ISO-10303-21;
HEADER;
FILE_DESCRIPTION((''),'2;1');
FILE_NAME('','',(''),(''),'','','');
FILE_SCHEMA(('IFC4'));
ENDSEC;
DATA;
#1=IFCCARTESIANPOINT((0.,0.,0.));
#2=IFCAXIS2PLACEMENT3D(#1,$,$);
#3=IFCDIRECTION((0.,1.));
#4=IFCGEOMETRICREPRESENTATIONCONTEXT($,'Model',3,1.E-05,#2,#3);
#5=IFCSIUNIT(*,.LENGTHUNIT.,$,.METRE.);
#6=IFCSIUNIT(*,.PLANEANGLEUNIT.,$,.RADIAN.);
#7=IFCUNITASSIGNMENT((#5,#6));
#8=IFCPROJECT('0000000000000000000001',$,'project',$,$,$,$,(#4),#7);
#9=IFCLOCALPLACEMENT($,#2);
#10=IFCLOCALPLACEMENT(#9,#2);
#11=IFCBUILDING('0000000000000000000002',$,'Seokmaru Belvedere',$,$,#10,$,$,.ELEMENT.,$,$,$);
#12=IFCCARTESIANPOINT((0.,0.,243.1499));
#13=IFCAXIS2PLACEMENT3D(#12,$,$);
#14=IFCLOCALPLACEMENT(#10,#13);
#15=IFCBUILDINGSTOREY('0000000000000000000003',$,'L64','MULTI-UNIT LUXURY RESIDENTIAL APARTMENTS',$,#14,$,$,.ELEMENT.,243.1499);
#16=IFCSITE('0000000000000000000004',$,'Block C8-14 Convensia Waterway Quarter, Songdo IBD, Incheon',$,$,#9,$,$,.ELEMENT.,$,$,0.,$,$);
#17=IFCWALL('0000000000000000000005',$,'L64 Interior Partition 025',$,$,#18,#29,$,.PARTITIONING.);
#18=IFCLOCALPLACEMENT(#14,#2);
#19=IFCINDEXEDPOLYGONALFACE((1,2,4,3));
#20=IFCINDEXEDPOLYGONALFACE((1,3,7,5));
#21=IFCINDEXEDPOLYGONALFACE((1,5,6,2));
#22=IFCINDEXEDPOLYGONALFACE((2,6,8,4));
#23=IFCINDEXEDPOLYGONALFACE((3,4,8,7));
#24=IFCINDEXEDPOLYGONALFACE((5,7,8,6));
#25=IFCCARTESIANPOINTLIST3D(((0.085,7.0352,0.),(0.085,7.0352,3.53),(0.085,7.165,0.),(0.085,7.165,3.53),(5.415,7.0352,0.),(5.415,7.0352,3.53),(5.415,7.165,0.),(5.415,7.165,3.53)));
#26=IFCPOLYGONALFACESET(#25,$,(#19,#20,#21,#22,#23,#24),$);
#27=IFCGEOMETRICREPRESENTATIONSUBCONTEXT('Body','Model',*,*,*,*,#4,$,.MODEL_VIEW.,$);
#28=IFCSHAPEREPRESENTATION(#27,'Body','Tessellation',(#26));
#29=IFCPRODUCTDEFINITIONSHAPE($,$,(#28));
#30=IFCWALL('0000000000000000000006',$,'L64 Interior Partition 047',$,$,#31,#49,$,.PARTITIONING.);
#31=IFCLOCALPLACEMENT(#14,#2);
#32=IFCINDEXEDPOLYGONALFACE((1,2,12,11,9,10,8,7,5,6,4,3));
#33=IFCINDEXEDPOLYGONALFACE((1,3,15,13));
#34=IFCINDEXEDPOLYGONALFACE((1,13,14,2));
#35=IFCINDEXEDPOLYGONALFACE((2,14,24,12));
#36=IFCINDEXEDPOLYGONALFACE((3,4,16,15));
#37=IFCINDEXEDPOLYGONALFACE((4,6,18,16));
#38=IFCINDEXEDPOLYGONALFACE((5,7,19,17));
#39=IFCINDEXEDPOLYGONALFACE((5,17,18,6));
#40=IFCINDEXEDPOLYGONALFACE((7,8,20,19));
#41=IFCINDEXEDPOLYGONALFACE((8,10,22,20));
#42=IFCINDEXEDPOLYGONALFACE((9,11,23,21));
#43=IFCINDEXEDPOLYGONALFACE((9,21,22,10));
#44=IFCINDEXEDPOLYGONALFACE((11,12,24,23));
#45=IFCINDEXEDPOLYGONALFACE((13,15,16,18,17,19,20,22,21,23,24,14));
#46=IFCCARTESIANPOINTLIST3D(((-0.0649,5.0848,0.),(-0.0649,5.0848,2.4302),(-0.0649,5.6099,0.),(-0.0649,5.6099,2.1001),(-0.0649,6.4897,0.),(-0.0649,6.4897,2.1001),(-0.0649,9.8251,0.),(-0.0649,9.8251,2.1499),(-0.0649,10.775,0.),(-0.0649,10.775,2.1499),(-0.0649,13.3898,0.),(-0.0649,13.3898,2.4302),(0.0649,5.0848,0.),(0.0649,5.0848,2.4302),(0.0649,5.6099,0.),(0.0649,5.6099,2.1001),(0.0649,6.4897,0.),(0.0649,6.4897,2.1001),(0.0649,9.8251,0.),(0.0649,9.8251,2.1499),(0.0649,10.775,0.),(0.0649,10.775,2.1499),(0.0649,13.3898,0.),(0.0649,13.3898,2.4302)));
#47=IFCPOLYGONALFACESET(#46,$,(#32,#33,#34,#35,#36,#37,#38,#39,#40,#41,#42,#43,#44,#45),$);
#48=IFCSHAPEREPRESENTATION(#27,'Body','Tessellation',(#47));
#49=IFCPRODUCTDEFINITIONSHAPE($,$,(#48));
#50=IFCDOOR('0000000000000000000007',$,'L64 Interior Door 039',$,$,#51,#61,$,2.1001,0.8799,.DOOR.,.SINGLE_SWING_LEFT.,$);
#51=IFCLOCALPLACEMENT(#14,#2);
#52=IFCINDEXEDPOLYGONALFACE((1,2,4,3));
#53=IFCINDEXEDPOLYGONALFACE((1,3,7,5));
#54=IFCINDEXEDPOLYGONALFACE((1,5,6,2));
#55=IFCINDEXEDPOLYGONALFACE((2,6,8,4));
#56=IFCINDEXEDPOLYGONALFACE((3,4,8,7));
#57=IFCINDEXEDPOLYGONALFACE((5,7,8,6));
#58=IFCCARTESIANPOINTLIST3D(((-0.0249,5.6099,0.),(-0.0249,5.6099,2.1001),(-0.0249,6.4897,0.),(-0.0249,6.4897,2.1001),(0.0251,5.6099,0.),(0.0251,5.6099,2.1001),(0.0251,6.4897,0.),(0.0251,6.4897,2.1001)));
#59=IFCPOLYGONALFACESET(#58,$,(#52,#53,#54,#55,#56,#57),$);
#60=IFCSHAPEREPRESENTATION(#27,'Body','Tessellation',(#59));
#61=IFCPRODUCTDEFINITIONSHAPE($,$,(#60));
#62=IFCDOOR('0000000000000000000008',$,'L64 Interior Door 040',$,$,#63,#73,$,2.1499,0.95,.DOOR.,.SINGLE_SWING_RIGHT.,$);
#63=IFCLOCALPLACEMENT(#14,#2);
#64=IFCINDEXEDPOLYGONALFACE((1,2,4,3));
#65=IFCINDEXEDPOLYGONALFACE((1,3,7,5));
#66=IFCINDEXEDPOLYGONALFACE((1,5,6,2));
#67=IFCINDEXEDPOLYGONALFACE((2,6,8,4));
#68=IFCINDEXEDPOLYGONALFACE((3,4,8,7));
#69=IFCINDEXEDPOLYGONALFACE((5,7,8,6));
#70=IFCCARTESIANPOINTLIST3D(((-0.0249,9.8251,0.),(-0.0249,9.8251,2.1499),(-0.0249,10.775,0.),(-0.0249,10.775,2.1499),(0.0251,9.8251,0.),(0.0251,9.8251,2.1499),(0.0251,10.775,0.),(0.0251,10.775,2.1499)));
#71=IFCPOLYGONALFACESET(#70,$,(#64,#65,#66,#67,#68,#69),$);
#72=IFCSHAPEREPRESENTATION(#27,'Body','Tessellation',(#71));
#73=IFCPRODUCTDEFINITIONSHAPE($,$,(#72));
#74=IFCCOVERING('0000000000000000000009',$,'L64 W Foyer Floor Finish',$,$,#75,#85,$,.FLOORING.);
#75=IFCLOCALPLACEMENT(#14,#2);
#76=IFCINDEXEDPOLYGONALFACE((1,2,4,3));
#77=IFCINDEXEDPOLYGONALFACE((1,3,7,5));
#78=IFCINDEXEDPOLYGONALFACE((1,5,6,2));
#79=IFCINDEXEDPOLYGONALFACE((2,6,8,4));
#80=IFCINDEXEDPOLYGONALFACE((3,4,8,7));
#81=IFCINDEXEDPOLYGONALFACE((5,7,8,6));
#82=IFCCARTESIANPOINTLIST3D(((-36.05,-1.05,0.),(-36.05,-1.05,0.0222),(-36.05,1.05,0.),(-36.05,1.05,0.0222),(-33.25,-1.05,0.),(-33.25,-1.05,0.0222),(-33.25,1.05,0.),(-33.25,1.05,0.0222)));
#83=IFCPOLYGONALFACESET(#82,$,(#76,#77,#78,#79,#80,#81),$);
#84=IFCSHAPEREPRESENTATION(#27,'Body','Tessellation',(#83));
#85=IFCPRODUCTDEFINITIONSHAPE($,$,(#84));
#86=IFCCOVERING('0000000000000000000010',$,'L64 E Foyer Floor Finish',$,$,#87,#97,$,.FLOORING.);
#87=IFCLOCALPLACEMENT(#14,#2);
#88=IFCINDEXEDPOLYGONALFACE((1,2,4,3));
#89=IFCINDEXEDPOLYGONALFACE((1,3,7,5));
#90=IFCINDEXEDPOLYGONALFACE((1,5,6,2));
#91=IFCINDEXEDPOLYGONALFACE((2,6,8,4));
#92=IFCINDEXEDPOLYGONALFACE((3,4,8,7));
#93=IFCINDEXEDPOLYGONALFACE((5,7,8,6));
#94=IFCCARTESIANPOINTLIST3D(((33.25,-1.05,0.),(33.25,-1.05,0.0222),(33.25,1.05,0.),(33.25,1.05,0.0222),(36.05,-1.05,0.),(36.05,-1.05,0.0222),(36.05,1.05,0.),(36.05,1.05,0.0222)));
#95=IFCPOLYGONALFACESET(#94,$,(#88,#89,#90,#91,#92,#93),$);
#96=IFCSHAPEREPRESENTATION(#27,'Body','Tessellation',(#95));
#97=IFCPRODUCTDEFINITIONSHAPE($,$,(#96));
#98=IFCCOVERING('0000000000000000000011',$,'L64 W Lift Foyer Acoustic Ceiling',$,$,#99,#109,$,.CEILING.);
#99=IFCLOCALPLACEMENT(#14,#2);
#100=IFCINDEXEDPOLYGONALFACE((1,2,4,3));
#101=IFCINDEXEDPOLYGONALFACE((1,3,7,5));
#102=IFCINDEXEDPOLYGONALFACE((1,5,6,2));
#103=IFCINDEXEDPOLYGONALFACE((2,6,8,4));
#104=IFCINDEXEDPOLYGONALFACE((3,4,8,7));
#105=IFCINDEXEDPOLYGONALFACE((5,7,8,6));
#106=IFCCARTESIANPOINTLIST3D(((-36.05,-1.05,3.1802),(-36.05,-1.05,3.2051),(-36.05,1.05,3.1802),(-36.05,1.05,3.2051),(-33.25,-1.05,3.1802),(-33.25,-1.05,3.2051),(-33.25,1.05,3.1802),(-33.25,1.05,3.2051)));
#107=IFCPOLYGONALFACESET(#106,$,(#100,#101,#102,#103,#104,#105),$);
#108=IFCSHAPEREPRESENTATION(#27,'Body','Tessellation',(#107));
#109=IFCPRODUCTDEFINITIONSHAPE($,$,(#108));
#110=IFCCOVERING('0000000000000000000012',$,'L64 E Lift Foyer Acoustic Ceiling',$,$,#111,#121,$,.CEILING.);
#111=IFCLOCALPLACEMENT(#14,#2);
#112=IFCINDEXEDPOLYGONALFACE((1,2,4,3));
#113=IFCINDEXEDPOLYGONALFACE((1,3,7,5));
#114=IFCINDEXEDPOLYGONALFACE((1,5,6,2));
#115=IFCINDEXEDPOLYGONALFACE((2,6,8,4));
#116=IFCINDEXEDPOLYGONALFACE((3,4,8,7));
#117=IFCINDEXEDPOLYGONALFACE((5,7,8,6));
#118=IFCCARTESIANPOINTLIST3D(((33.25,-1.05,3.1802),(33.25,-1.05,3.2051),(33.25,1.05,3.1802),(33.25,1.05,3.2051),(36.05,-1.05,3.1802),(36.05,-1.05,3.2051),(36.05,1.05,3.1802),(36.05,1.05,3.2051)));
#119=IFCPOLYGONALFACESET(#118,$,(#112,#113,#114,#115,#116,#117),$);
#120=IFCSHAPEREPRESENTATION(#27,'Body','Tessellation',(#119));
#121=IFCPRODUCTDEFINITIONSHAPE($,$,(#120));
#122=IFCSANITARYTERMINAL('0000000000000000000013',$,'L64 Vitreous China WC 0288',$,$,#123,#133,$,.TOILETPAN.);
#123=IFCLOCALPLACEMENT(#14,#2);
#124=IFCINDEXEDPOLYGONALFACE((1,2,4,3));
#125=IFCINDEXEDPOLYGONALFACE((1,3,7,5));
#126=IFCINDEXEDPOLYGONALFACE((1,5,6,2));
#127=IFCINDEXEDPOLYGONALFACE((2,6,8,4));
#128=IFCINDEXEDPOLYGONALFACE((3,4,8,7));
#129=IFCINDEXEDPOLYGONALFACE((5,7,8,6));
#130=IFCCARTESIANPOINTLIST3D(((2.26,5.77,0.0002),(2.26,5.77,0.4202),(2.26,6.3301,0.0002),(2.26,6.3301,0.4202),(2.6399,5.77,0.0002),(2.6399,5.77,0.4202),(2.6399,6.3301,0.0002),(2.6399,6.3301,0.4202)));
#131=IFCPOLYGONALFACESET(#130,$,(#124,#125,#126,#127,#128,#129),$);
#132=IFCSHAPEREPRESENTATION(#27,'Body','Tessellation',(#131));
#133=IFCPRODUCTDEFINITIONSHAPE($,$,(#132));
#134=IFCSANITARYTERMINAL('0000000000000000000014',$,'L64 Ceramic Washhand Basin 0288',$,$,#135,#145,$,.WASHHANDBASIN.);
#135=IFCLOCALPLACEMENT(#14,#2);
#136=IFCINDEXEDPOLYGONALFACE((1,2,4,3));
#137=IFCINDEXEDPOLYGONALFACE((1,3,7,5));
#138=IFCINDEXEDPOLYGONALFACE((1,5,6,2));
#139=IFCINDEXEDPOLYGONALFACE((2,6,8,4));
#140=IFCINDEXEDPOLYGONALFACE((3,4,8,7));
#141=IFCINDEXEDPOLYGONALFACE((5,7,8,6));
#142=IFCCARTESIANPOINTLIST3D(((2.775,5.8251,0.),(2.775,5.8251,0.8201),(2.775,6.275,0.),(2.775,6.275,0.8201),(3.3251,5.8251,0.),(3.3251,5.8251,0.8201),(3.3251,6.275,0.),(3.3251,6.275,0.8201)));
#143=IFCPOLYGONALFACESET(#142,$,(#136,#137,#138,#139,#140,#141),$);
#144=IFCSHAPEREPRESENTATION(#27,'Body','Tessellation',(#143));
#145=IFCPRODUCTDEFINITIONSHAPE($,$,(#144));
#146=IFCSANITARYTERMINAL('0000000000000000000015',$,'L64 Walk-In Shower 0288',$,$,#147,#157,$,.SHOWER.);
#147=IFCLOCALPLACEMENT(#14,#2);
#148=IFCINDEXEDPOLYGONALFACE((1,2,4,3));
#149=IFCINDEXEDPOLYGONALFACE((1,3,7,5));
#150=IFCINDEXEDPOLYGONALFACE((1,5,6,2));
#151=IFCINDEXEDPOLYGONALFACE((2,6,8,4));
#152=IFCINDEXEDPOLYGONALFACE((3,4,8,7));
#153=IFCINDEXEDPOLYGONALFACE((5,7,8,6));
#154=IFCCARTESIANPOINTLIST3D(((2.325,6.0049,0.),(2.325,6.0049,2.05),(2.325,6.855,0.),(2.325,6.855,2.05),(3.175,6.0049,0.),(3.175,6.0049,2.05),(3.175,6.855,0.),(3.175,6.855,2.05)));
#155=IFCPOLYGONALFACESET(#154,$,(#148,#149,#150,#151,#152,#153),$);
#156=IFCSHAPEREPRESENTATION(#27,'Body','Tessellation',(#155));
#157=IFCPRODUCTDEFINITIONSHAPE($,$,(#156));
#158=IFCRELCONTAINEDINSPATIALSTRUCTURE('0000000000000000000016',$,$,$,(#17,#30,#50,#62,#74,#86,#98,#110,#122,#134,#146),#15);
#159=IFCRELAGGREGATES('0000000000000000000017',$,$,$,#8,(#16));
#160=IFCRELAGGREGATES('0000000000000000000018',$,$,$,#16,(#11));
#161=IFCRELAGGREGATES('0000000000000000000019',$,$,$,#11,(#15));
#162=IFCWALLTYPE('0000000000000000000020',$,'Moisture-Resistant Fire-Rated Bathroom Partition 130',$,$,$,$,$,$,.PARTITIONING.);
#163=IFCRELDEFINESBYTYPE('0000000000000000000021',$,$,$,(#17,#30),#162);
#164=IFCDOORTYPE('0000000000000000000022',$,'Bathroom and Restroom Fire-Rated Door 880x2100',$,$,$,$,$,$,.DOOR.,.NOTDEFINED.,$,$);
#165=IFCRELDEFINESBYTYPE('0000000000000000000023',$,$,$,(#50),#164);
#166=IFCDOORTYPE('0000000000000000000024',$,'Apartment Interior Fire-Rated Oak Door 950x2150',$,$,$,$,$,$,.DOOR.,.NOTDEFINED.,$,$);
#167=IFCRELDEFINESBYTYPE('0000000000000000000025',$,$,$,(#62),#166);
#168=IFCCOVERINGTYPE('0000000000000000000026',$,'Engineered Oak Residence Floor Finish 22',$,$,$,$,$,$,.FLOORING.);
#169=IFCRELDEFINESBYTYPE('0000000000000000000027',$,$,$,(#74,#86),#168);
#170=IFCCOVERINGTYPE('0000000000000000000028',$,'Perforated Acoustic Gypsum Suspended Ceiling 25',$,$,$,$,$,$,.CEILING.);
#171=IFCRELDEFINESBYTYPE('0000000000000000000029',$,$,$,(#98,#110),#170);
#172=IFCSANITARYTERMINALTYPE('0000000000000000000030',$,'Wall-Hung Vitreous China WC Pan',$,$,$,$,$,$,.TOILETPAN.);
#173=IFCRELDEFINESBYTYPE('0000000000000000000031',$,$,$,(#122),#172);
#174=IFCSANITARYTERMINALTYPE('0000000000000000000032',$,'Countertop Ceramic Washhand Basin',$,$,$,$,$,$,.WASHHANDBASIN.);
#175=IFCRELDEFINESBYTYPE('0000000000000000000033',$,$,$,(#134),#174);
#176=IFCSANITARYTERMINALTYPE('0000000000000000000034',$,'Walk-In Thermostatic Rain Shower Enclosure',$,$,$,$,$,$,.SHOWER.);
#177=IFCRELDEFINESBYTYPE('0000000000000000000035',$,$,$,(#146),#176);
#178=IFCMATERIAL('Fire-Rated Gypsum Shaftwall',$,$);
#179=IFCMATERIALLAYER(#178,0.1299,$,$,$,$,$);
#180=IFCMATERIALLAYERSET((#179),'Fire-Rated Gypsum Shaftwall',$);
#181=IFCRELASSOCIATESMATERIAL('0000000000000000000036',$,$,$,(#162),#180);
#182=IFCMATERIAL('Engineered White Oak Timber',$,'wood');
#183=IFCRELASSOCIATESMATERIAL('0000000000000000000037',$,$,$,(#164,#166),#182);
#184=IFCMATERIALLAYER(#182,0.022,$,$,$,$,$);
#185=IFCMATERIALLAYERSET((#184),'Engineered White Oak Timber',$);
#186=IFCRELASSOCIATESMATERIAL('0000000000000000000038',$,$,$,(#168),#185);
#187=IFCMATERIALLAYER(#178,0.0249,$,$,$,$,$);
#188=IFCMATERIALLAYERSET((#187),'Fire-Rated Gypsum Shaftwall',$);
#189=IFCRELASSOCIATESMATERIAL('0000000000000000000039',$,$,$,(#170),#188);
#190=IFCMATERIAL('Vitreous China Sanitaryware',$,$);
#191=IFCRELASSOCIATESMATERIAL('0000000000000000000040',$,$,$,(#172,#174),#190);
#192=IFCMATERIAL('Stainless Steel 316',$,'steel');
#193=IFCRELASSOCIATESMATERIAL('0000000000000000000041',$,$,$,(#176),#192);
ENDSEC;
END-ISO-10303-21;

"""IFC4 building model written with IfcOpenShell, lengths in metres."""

from ifc_helpers import new_model, si_unit, direction, frame, frame_2d, origin, origin_2d, place, context, subcontext, project, spatial, polyline, rectangle, outline, extrude, source, transform, mapped, material, layer, layer_set, type_object, type_shapes, element, fill, save


model = new_model("IFC4")

# Units and contexts
model_context = context("Model", 3, precision=1e-05, world=origin(), true_north=direction((0.0, 1.0)))
body_context = subcontext(model_context, "Body", "Model", "MODEL_VIEW")
ifc_project = project(units=[si_unit("LENGTHUNIT", "METRE"), si_unit("PLANEANGLEUNIT", "RADIAN")], contexts=[model_context])

# Site, building, storey
site_placement = place(None, origin())
site = spatial("IfcSite", under=ifc_project, at=site_placement, Name="Block C8-14 Convensia Waterway Quarter, Songdo IBD, Incheon", CompositionType="ELEMENT", RefElevation=0.0)
building_placement = place(site_placement, origin())
building = spatial("IfcBuilding", under=site, at=building_placement, Name="Seokmaru Belvedere", CompositionType="ELEMENT")
storey_placement = place(building_placement, frame((0.0, 0.0, 243.1499)))
storey = spatial("IfcBuildingStorey", under=building, at=storey_placement, Name="L64", Description="MULTI-UNIT LUXURY RESIDENTIAL APARTMENTS", CompositionType="ELEMENT", Elevation=243.1499)

# Wall
ifc_material_1 = material(Name="Fire-Rated Gypsum Shaftwall")
ifc_layer_1 = layer(ifc_material_1, 0.1299)
ifc_layer_set_1 = layer_set([ifc_layer_1], Name="Fire-Rated Gypsum Shaftwall")
wall_type_1 = type_object("IfcWallType", Name="Moisture-Resistant Fire-Rated Bathroom Partition 130", PredefinedType="PARTITIONING", material=ifc_layer_set_1)
wall_1_placement = place(storey_placement, frame((0.085, 7.1001, 0.0), z_axis=(0.0, 0.0, 1.0), x_axis=(1.0, 0.0, 0.0)))
element("IfcWall", 1, at=wall_1_placement, inside=storey, type_object=wall_type_1, Name="L64 Interior Partition 025", PredefinedType="PARTITIONING", context=body_context, shape_type="SweptSolid", body=[
    extrude(rectangle(XDim=5.3301, YDim=0.1299, at=frame_2d((2.665, 0.0))), origin(), (0.0, 0.0, 1.0), 3.53),
])

# Wall, openings, doors
wall_2_placement = place(storey_placement, frame((0.0, 5.085, 0.0), z_axis=(0.0, 0.0, 1.0), x_axis=(0.0, 1.0, 0.0)))
wall_2 = element("IfcWall", 2, at=wall_2_placement, inside=storey, type_object=wall_type_1, Name="L64 Interior Partition 047", PredefinedType="PARTITIONING", context=body_context, shape_type="SweptSolid", body=[
    extrude(rectangle(XDim=8.3049, YDim=0.1299, at=frame_2d((4.1523, 0.0))), origin(), (0.0, 0.0, 1.0), 2.4302),
])
opening_1_placement = place(wall_2_placement, frame((0.5249, 0.0, 0.0)))
opening_1 = element("IfcOpeningElement", 3, at=opening_1_placement, cuts=wall_2, PredefinedType="OPENING", context=body_context, shape_type="SweptSolid", body=[
    extrude(rectangle(XDim=0.8799, YDim=2.1001, at=frame_2d((0.4399, 1.05))), frame((0.0, 0.075, 0.0), z_axis=(0.0, -1.0, 0.0), x_axis=(1.0, 0.0, 0.0)), (0.0, 0.0, 1.0), 0.1499),
])
opening_2_placement = place(wall_2_placement, frame((4.74, 0.0, 0.0)))
opening_2 = element("IfcOpeningElement", 4, at=opening_2_placement, cuts=wall_2, PredefinedType="OPENING", context=body_context, shape_type="SweptSolid", body=[
    extrude(rectangle(XDim=0.95, YDim=2.1499, at=frame_2d((0.4751, 1.075))), frame((0.0, 0.075, 0.0), z_axis=(0.0, -1.0, 0.0), x_axis=(1.0, 0.0, 0.0)), (0.0, 0.0, 1.0), 0.1499),
])
ifc_material_2 = material(Name="Engineered White Oak Timber", Category="wood")
door_type_1 = type_object("IfcDoorType", Name="Bathroom and Restroom Fire-Rated Door 880x2100", OperationType="NOTDEFINED", PredefinedType="DOOR", material=ifc_material_2)
shared_shape_1 = source(origin(), body_context, "Body", "SweptSolid", [
    extrude(rectangle(XDim=0.8799, YDim=2.1001, at=frame_2d((0.4399, 1.05))), frame((0.0, 0.0249, 0.0), z_axis=(0.0, -1.0, 0.0), x_axis=(1.0, 0.0, 0.0)), (0.0, 0.0, 1.0), 0.05),
])
type_shapes(door_type_1, [shared_shape_1])
door_1_placement = place(opening_1_placement, origin())
door_1 = element("IfcDoor", 5, at=door_1_placement, inside=storey, type_object=door_type_1, Name="L64 Interior Door 039", OperationType="SINGLE_SWING_LEFT", OverallHeight=2.1001, OverallWidth=0.8799, PredefinedType="DOOR", context=body_context, shape_type="MappedRepresentation", body=[
    mapped(shared_shape_1, transform((0.0, 0.0, 0.0), scale=1.0)),
])
fill(opening_1, door_1)
door_type_2 = type_object("IfcDoorType", Name="Apartment Interior Fire-Rated Oak Door 950x2150", OperationType="NOTDEFINED", PredefinedType="DOOR", material=ifc_material_2)
shared_shape_2 = source(origin(), body_context, "Body", "SweptSolid", [
    extrude(rectangle(XDim=0.95, YDim=2.1499, at=frame_2d((0.4751, 1.075))), frame((0.0, 0.0249, 0.0), z_axis=(0.0, -1.0, 0.0), x_axis=(1.0, 0.0, 0.0)), (0.0, 0.0, 1.0), 0.05),
])
type_shapes(door_type_2, [shared_shape_2])
door_2_placement = place(opening_2_placement, origin())
door_2 = element("IfcDoor", 6, at=door_2_placement, inside=storey, type_object=door_type_2, Name="L64 Interior Door 040", OperationType="SINGLE_SWING_RIGHT", OverallHeight=2.1499, OverallWidth=0.95, PredefinedType="DOOR", context=body_context, shape_type="MappedRepresentation", body=[
    mapped(shared_shape_2, transform((0.0, 0.0, 0.0), scale=1.0)),
])
fill(opening_2, door_2)

# Coverings
ifc_layer_2 = layer(ifc_material_2, 0.022)
ifc_layer_set_2 = layer_set([ifc_layer_2], Name="Engineered White Oak Timber")
covering_type_1 = type_object("IfcCoveringType", Name="Engineered Oak Residence Floor Finish 22", PredefinedType="FLOORING", material=ifc_layer_set_2)
covering_1_placement = place(storey_placement, origin())
element("IfcCovering", 7, at=covering_1_placement, inside=storey, type_object=covering_type_1, Name="L64 W Foyer Floor Finish", PredefinedType="FLOORING", context=body_context, shape_type="SweptSolid", body=[
    extrude(outline(polyline([(-36.05, -1.05), (-33.25, -1.05), (-33.25, 1.05), (-36.05, 1.05), (-36.05, -1.05)])), origin(), (0.0, 0.0, 1.0), 0.0222),
])
covering_2_placement = place(storey_placement, origin())
element("IfcCovering", 8, at=covering_2_placement, inside=storey, type_object=covering_type_1, Name="L64 E Foyer Floor Finish", PredefinedType="FLOORING", context=body_context, shape_type="SweptSolid", body=[
    extrude(outline(polyline([(33.25, -1.05), (36.05, -1.05), (36.05, 1.05), (33.25, 1.05), (33.25, -1.05)])), origin(), (0.0, 0.0, 1.0), 0.0222),
])
ifc_layer_3 = layer(ifc_material_1, 0.0249)
ifc_layer_set_3 = layer_set([ifc_layer_3], Name="Fire-Rated Gypsum Shaftwall")
covering_type_2 = type_object("IfcCoveringType", Name="Perforated Acoustic Gypsum Suspended Ceiling 25", PredefinedType="CEILING", material=ifc_layer_set_3)
covering_3_placement = place(storey_placement, frame((0.0, 0.0, 3.1802)))
element("IfcCovering", 9, at=covering_3_placement, inside=storey, type_object=covering_type_2, Name="L64 W Lift Foyer Acoustic Ceiling", PredefinedType="CEILING", context=body_context, shape_type="SweptSolid", body=[
    extrude(outline(polyline([(-36.05, -1.05), (-33.25, -1.05), (-33.25, 1.05), (-36.05, 1.05), (-36.05, -1.05)])), origin(), (0.0, 0.0, 1.0), 0.0249),
])
covering_4_placement = place(storey_placement, frame((0.0, 0.0, 3.1802)))
element("IfcCovering", 10, at=covering_4_placement, inside=storey, type_object=covering_type_2, Name="L64 E Lift Foyer Acoustic Ceiling", PredefinedType="CEILING", context=body_context, shape_type="SweptSolid", body=[
    extrude(outline(polyline([(33.25, -1.05), (36.05, -1.05), (36.05, 1.05), (33.25, 1.05), (33.25, -1.05)])), origin(), (0.0, 0.0, 1.0), 0.0249),
])

# Sanitary terminals
ifc_material_3 = material(Name="Vitreous China Sanitaryware")
sanitary_terminal_type_1 = type_object("IfcSanitaryTerminalType", Name="Wall-Hung Vitreous China WC Pan", PredefinedType="TOILETPAN", material=ifc_material_3)
shared_shape_3 = source(origin(), body_context, "Body", "SweptSolid", [
    extrude(rectangle(XDim=0.3799, YDim=0.5601, at=origin_2d()), origin(), (0.0, 0.0, 1.0), 0.4199),
])
type_shapes(sanitary_terminal_type_1, [shared_shape_3])
sanitary_terminal_1_placement = place(storey_placement, frame((2.45, 6.05, 0.0002), z_axis=(0.0, 0.0, 1.0), x_axis=(1.0, 0.0, 0.0)))
element("IfcSanitaryTerminal", 11, at=sanitary_terminal_1_placement, inside=storey, type_object=sanitary_terminal_type_1, Name="L64 Vitreous China WC 0288", PredefinedType="TOILETPAN", context=body_context, shape_type="MappedRepresentation", body=[
    mapped(shared_shape_3, transform((0.0, 0.0, 0.0), scale=1.0)),
])
sanitary_terminal_type_2 = type_object("IfcSanitaryTerminalType", Name="Countertop Ceramic Washhand Basin", PredefinedType="WASHHANDBASIN", material=ifc_material_3)
shared_shape_4 = source(origin(), body_context, "Body", "SweptSolid", [
    extrude(rectangle(XDim=0.55, YDim=0.45, at=origin_2d()), origin(), (0.0, 0.0, 1.0), 0.8201),
])
type_shapes(sanitary_terminal_type_2, [shared_shape_4])
sanitary_terminal_2_placement = place(storey_placement, frame((3.05, 6.05, 0.0), z_axis=(0.0, 0.0, 1.0), x_axis=(1.0, 0.0, 0.0)))
element("IfcSanitaryTerminal", 12, at=sanitary_terminal_2_placement, inside=storey, type_object=sanitary_terminal_type_2, Name="L64 Ceramic Washhand Basin 0288", PredefinedType="WASHHANDBASIN", context=body_context, shape_type="MappedRepresentation", body=[
    mapped(shared_shape_4, transform((0.0, 0.0, 0.0), scale=1.0)),
])
ifc_material_4 = material(Name="Stainless Steel 316", Category="steel")
sanitary_terminal_type_3 = type_object("IfcSanitaryTerminalType", Name="Walk-In Thermostatic Rain Shower Enclosure", PredefinedType="SHOWER", material=ifc_material_4)
shared_shape_5 = source(origin(), body_context, "Body", "SweptSolid", [
    extrude(rectangle(XDim=0.8501, YDim=0.8501, at=origin_2d()), origin(), (0.0, 0.0, 1.0), 2.05),
])
type_shapes(sanitary_terminal_type_3, [shared_shape_5])
sanitary_terminal_3_placement = place(storey_placement, frame((2.75, 6.4299, 0.0), z_axis=(0.0, 0.0, 1.0), x_axis=(1.0, 0.0, 0.0)))
element("IfcSanitaryTerminal", 13, at=sanitary_terminal_3_placement, inside=storey, type_object=sanitary_terminal_type_3, Name="L64 Walk-In Shower 0288", PredefinedType="SHOWER", context=body_context, shape_type="MappedRepresentation", body=[
    mapped(shared_shape_5, transform((0.0, 0.0, 0.0), scale=1.0)),
])

save(model, "model.ifc")
